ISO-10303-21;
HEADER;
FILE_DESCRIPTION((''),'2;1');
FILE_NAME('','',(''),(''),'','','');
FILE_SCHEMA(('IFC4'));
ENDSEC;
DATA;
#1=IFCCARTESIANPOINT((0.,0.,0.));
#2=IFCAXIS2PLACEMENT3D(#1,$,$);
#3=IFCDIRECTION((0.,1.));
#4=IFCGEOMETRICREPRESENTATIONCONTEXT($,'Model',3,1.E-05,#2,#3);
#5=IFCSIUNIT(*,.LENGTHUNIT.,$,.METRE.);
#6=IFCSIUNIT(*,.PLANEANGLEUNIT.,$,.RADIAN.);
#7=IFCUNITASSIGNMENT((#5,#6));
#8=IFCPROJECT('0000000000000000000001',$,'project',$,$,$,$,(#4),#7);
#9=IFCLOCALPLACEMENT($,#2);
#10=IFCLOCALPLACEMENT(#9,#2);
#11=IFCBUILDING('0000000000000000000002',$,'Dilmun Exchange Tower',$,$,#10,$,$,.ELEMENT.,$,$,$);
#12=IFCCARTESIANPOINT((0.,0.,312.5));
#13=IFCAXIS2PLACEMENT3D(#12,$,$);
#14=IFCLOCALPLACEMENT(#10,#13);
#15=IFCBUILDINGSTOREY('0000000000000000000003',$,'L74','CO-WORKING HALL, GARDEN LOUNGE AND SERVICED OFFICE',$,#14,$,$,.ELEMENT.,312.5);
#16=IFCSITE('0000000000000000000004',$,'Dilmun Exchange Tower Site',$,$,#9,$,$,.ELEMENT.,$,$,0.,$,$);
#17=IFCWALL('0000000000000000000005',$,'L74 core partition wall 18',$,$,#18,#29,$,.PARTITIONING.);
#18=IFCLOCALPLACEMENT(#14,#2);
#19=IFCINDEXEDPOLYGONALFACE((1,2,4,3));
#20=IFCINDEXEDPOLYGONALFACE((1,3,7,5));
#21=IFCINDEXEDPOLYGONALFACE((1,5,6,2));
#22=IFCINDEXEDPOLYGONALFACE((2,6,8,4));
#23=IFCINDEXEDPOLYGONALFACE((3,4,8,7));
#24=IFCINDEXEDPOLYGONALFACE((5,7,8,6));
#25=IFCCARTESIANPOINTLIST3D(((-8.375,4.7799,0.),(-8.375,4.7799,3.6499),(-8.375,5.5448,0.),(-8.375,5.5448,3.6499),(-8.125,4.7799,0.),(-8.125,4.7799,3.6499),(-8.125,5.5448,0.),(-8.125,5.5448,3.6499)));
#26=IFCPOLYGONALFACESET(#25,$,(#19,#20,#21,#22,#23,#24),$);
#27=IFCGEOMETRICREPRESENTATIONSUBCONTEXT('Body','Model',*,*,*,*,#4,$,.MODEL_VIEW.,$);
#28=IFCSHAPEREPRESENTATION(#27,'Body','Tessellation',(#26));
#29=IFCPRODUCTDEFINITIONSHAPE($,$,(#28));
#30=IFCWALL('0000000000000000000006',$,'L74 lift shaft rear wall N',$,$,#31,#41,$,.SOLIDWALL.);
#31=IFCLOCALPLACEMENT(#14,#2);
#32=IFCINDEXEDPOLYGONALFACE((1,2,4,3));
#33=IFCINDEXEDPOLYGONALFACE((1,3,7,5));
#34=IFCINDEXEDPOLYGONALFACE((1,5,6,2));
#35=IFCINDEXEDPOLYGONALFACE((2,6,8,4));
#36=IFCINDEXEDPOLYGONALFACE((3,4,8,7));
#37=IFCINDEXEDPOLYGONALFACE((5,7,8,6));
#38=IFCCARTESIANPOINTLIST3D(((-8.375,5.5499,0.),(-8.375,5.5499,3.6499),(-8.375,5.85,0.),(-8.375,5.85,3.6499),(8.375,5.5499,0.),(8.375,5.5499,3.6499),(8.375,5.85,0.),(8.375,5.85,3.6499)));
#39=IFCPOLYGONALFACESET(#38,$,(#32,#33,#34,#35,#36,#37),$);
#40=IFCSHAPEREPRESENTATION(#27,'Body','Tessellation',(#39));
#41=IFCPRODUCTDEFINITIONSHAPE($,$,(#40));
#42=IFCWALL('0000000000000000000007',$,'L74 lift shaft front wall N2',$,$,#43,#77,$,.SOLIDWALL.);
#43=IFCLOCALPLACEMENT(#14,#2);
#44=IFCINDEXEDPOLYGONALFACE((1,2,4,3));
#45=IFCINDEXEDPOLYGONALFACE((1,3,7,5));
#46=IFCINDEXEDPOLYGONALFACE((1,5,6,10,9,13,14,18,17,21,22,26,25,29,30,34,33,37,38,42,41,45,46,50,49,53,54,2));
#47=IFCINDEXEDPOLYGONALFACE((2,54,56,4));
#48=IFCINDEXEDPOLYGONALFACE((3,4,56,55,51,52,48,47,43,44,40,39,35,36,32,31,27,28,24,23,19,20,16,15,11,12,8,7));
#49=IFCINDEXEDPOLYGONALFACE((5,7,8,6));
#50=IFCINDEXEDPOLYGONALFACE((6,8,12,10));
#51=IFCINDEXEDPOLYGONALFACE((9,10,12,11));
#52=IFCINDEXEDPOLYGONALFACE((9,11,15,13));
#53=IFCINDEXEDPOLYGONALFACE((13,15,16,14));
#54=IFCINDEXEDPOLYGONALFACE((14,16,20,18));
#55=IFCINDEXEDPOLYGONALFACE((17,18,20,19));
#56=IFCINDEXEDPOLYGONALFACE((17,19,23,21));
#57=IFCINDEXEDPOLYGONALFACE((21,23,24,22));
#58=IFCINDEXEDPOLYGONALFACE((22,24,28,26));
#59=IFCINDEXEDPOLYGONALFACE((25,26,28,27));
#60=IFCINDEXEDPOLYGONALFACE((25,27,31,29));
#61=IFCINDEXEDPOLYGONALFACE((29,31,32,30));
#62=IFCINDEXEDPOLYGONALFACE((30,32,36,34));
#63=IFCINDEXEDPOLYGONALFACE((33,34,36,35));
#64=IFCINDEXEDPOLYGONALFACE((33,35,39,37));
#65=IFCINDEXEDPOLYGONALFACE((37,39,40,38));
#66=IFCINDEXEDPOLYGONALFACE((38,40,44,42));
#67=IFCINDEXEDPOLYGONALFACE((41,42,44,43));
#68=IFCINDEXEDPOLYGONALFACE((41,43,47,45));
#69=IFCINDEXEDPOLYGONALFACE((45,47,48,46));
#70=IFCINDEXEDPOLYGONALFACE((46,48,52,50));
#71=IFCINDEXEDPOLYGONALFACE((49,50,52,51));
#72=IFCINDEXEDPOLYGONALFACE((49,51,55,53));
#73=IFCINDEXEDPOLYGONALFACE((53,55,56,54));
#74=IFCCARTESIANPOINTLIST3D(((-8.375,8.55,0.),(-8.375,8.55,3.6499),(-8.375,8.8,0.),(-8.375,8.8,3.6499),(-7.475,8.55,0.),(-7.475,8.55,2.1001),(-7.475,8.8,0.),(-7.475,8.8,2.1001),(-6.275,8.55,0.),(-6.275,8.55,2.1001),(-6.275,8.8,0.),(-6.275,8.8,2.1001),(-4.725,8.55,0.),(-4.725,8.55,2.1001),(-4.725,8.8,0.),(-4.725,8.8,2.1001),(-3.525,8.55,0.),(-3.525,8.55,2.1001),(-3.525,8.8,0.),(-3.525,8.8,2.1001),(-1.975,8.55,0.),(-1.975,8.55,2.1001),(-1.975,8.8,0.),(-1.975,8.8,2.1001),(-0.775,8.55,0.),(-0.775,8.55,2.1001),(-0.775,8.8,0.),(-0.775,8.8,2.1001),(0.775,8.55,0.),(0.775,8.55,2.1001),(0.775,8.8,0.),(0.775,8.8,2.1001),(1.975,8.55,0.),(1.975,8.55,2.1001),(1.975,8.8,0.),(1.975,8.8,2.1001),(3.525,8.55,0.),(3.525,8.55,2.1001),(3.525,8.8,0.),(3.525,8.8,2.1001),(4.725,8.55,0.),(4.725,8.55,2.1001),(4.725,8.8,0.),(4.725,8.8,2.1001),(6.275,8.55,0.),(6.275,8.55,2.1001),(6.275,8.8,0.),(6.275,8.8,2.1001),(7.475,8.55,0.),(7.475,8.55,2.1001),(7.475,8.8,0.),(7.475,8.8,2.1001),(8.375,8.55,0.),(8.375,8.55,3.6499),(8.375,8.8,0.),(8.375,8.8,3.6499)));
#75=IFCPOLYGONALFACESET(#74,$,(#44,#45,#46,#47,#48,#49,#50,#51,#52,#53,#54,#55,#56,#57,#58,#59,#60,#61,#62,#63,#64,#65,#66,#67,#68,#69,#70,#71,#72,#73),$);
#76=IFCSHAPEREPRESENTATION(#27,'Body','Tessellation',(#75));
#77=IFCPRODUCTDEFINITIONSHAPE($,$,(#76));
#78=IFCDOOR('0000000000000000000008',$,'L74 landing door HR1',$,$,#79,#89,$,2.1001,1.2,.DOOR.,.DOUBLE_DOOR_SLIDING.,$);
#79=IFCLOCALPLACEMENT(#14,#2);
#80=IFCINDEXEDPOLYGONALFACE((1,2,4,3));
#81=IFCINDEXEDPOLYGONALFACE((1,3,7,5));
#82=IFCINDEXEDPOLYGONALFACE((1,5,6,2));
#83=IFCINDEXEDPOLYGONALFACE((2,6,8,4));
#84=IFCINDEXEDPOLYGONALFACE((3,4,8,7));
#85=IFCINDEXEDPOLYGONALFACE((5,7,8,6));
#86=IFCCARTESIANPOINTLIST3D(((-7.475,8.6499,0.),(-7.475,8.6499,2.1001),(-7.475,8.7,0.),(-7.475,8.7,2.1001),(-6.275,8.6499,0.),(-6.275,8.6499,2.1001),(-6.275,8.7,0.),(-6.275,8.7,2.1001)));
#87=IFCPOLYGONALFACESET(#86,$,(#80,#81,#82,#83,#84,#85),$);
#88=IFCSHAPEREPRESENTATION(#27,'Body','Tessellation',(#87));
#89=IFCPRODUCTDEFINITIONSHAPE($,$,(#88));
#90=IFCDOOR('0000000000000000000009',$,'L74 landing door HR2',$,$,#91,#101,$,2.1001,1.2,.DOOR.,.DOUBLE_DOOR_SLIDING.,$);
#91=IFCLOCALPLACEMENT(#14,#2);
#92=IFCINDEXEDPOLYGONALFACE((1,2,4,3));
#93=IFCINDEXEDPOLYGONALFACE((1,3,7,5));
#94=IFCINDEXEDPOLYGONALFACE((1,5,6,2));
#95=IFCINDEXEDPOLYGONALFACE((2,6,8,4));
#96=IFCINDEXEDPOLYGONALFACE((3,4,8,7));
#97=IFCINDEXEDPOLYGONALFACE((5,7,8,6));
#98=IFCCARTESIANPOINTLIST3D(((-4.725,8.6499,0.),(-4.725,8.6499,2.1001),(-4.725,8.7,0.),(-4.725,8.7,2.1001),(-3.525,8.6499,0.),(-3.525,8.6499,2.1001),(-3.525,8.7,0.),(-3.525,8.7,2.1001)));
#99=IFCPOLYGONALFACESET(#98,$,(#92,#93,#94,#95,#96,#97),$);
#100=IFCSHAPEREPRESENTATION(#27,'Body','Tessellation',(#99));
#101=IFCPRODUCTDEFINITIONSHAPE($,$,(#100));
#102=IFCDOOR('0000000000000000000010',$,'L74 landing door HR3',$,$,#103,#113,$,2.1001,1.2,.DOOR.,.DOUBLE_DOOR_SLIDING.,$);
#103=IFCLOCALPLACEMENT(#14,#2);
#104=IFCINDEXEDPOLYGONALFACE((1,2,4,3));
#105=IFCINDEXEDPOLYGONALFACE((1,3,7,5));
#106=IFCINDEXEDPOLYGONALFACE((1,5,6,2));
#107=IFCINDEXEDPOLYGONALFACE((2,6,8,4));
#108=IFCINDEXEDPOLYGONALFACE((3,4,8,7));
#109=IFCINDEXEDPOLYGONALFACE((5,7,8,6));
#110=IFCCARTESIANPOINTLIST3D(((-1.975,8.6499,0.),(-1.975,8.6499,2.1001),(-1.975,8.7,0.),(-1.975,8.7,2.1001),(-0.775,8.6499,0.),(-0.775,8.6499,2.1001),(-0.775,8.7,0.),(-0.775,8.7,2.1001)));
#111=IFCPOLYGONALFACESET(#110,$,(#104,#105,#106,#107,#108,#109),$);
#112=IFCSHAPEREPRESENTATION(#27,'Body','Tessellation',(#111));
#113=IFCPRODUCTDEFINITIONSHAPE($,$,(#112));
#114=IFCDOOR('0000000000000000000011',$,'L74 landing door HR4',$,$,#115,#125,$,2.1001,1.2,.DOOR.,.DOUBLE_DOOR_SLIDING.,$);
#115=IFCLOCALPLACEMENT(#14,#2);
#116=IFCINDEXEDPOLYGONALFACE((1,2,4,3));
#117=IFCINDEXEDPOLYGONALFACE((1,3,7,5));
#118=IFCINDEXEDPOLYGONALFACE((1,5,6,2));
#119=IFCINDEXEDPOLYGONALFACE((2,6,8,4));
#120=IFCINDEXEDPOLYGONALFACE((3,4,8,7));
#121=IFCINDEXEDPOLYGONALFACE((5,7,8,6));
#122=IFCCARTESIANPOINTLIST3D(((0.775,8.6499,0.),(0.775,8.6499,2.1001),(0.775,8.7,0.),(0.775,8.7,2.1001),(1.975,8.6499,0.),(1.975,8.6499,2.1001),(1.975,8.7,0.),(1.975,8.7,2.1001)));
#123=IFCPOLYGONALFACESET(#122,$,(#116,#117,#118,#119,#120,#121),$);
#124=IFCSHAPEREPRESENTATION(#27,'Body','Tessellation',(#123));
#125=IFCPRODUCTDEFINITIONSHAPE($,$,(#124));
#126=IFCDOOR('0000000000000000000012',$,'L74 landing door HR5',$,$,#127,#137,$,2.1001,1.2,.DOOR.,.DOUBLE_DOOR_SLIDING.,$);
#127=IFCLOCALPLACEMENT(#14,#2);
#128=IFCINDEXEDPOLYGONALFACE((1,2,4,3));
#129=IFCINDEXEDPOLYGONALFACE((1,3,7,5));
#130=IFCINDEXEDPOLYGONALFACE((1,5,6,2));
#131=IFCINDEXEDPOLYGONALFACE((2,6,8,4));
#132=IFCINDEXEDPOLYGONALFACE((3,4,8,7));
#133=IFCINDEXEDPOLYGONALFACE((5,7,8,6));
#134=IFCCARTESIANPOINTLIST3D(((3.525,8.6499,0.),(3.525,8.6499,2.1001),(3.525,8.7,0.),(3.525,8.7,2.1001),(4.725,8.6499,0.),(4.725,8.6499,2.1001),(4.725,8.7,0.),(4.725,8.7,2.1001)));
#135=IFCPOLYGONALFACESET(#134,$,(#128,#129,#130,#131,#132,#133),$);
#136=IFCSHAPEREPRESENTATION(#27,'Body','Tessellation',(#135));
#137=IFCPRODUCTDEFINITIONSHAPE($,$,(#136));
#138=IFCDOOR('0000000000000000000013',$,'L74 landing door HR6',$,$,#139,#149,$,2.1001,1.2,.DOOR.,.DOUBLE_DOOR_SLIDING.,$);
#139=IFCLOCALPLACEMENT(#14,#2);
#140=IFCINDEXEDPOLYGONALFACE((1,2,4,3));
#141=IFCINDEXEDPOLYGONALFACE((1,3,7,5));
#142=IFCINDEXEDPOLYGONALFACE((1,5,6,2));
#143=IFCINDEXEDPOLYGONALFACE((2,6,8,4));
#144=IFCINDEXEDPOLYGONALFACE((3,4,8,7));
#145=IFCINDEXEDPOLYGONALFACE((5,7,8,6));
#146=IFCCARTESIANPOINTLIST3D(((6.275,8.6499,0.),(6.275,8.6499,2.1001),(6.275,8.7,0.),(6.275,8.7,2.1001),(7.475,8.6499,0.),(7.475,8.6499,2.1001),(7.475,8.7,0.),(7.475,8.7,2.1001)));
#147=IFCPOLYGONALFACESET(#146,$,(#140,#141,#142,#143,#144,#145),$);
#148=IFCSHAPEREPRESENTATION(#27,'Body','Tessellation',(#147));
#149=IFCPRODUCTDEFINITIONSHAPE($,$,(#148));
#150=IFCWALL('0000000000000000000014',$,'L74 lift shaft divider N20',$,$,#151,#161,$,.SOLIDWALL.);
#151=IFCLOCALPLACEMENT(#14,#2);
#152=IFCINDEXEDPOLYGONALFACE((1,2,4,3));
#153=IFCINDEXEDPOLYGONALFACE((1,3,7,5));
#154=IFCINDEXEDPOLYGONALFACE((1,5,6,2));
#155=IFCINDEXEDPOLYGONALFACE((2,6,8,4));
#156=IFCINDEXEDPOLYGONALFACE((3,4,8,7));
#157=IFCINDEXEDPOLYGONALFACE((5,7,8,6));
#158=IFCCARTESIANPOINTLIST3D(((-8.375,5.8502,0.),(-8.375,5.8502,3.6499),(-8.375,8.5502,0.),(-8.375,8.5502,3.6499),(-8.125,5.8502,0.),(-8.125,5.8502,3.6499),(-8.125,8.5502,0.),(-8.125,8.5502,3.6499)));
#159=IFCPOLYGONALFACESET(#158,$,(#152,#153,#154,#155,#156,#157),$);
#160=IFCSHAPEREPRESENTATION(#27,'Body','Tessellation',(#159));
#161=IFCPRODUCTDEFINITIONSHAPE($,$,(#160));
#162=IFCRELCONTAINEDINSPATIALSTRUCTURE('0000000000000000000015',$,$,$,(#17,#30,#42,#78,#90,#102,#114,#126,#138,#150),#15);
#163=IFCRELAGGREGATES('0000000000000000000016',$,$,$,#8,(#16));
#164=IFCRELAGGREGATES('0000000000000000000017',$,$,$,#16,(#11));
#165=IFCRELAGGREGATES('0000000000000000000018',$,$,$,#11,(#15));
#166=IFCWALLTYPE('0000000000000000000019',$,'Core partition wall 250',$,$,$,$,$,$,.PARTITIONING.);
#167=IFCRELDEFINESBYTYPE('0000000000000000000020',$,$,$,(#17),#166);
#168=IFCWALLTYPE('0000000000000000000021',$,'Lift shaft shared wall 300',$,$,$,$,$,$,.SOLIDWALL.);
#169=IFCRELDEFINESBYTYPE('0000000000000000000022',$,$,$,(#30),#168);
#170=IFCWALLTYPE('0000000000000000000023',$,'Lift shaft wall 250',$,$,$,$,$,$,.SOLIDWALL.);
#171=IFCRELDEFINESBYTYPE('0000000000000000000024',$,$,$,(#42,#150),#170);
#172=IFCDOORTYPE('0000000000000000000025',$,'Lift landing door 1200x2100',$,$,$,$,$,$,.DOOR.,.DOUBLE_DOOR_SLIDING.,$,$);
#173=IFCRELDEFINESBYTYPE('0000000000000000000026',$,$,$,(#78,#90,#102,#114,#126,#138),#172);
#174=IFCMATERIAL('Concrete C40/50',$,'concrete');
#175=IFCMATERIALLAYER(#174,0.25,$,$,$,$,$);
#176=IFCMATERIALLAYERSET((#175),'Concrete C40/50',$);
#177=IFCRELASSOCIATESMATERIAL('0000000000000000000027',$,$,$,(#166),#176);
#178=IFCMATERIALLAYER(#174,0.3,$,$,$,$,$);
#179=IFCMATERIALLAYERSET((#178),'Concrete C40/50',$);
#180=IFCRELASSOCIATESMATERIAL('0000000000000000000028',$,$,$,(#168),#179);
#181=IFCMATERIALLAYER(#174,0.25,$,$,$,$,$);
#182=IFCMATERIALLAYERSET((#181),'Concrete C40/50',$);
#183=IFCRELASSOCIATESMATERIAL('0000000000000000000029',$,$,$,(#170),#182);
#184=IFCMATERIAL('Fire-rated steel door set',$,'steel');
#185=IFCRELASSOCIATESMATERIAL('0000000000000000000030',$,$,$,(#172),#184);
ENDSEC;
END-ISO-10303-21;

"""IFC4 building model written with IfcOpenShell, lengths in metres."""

from ifc_helpers import new_model, si_unit, direction, frame, frame_2d, origin, place, context, subcontext, project, spatial, rectangle, extrude, material, layer, layer_set, type_object, element, fill, save


model = new_model("IFC4")

# Units and contexts
model_context = context("Model", 3, precision=1e-05, world=origin(), true_north=direction((0.0, 1.0)))
body_context = subcontext(model_context, "Body", "Model", "MODEL_VIEW")
ifc_project = project(units=[si_unit("LENGTHUNIT", "METRE"), si_unit("PLANEANGLEUNIT", "RADIAN")], contexts=[model_context])

# Site, building, storey
site_placement = place(None, origin())
site = spatial("IfcSite", under=ifc_project, at=site_placement, Name="Dilmun Exchange Tower Site", CompositionType="ELEMENT", RefElevation=0.0)
building_placement = place(site_placement, origin())
building = spatial("IfcBuilding", under=site, at=building_placement, Name="Dilmun Exchange Tower", CompositionType="ELEMENT")
storey_placement = place(building_placement, frame((0.0, 0.0, 312.5)))
storey = spatial("IfcBuildingStorey", under=building, at=storey_placement, Name="L74", Description="CO-WORKING HALL, GARDEN LOUNGE AND SERVICED OFFICE", CompositionType="ELEMENT", Elevation=312.5)

# Shared definitions
ifc_material_1 = material(Name="Concrete C40/50", Category="concrete")

# Shared definitions
ifc_layer_1 = layer(ifc_material_1, 0.25)
ifc_layer_set_1 = layer_set([ifc_layer_1], Name="Concrete C40/50")
wall_type_1 = type_object("IfcWallType", Name="Core partition wall 250", PredefinedType="PARTITIONING", material=ifc_layer_set_1)
ifc_material_2 = material(Name="Fire-rated steel door set", Category="steel")

# Walls
wall_1_placement = place(storey_placement, frame((-8.25, 4.78, 0.0), z_axis=(0.0, 0.0, 1.0), x_axis=(0.0, 1.0, 0.0)))
element("IfcWall", 1, at=wall_1_placement, inside=storey, type_object=wall_type_1, Name="L74 core partition wall 18", PredefinedType="PARTITIONING", context=body_context, shape_type="SweptSolid", body=[
    extrude(rectangle(XDim=0.7649, YDim=0.25, at=frame_2d((0.3823, 0.0))), origin(), (0.0, 0.0, 1.0), 3.6499),
])
ifc_layer_2 = layer(ifc_material_1, 0.3)
ifc_layer_set_2 = layer_set([ifc_layer_2], Name="Concrete C40/50")
wall_type_2 = type_object("IfcWallType", Name="Lift shaft shared wall 300", PredefinedType="SOLIDWALL", material=ifc_layer_set_2)
wall_2_placement = place(storey_placement, frame((-8.375, 5.7, 0.0), z_axis=(0.0, 0.0, 1.0), x_axis=(1.0, 0.0, 0.0)))
element("IfcWall", 2, at=wall_2_placement, inside=storey, type_object=wall_type_2, Name="L74 lift shaft rear wall N", PredefinedType="SOLIDWALL", context=body_context, shape_type="SweptSolid", body=[
    extrude(rectangle(XDim=16.75, YDim=0.3, at=frame_2d((8.375, 0.0))), origin(), (0.0, 0.0, 1.0), 3.6499),
])

# Wall, openings, doors
ifc_layer_3 = layer(ifc_material_1, 0.25)
ifc_layer_set_3 = layer_set([ifc_layer_3], Name="Concrete C40/50")
wall_type_3 = type_object("IfcWallType", Name="Lift shaft wall 250", PredefinedType="SOLIDWALL", material=ifc_layer_set_3)
wall_3_placement = place(storey_placement, frame((-8.375, 8.675, 0.0), z_axis=(0.0, 0.0, 1.0), x_axis=(1.0, 0.0, 0.0)))
wall_3 = element("IfcWall", 3, at=wall_3_placement, inside=storey, type_object=wall_type_3, Name="L74 lift shaft front wall N2", PredefinedType="SOLIDWALL", context=body_context, shape_type="SweptSolid", body=[
    extrude(rectangle(XDim=16.75, YDim=0.25, at=frame_2d((8.375, 0.0))), origin(), (0.0, 0.0, 1.0), 3.6499),
])
opening_1_placement = place(wall_3_placement, frame((0.8999, 0.0, 0.0)))
opening_1 = element("IfcOpeningElement", 4, at=opening_1_placement, cuts=wall_3, PredefinedType="OPENING", context=body_context, shape_type="SweptSolid", body=[
    extrude(rectangle(XDim=1.2, YDim=2.1001, at=frame_2d((0.6001, 1.05))), frame((0.0, 0.135, 0.0), z_axis=(0.0, -1.0, 0.0), x_axis=(1.0, 0.0, 0.0)), (0.0, 0.0, 1.0), 0.27),
])
opening_2_placement = place(wall_3_placement, frame((3.6499, 0.0, 0.0)))
opening_2 = element("IfcOpeningElement", 5, at=opening_2_placement, cuts=wall_3, PredefinedType="OPENING", context=body_context, shape_type="SweptSolid", body=[
    extrude(rectangle(XDim=1.2, YDim=2.1001, at=frame_2d((0.6001, 1.05))), frame((0.0, 0.135, 0.0), z_axis=(0.0, -1.0, 0.0), x_axis=(1.0, 0.0, 0.0)), (0.0, 0.0, 1.0), 0.27),
])
opening_3_placement = place(wall_3_placement, frame((6.3999, 0.0, 0.0)))
opening_3 = element("IfcOpeningElement", 6, at=opening_3_placement, cuts=wall_3, PredefinedType="OPENING", context=body_context, shape_type="SweptSolid", body=[
    extrude(rectangle(XDim=1.2, YDim=2.1001, at=frame_2d((0.6001, 1.05))), frame((0.0, 0.135, 0.0), z_axis=(0.0, -1.0, 0.0), x_axis=(1.0, 0.0, 0.0)), (0.0, 0.0, 1.0), 0.27),
])
opening_4_placement = place(wall_3_placement, frame((9.1499, 0.0, 0.0)))
opening_4 = element("IfcOpeningElement", 7, at=opening_4_placement, cuts=wall_3, PredefinedType="OPENING", context=body_context, shape_type="SweptSolid", body=[
    extrude(rectangle(XDim=1.2, YDim=2.1001, at=frame_2d((0.6001, 1.05))), frame((0.0, 0.135, 0.0), z_axis=(0.0, -1.0, 0.0), x_axis=(1.0, 0.0, 0.0)), (0.0, 0.0, 1.0), 0.27),
])
opening_5_placement = place(wall_3_placement, frame((11.8999, 0.0, 0.0)))
opening_5 = element("IfcOpeningElement", 8, at=opening_5_placement, cuts=wall_3, PredefinedType="OPENING", context=body_context, shape_type="SweptSolid", body=[
    extrude(rectangle(XDim=1.2, YDim=2.1001, at=frame_2d((0.6001, 1.05))), frame((0.0, 0.135, 0.0), z_axis=(0.0, -1.0, 0.0), x_axis=(1.0, 0.0, 0.0)), (0.0, 0.0, 1.0), 0.27),
])
opening_6_placement = place(wall_3_placement, frame((14.6499, 0.0, 0.0)))
opening_6 = element("IfcOpeningElement", 9, at=opening_6_placement, cuts=wall_3, PredefinedType="OPENING", context=body_context, shape_type="SweptSolid", body=[
    extrude(rectangle(XDim=1.2, YDim=2.1001, at=frame_2d((0.6001, 1.05))), frame((0.0, 0.135, 0.0), z_axis=(0.0, -1.0, 0.0), x_axis=(1.0, 0.0, 0.0)), (0.0, 0.0, 1.0), 0.27),
])
door_type_1 = type_object("IfcDoorType", Name="Lift landing door 1200x2100", OperationType="DOUBLE_DOOR_SLIDING", PredefinedType="DOOR", material=ifc_material_2)
door_1_placement = place(opening_1_placement, origin())
door_1 = element("IfcDoor", 10, at=door_1_placement, inside=storey, type_object=door_type_1, Name="L74 landing door HR1", OperationType="DOUBLE_DOOR_SLIDING", OverallHeight=2.1001, OverallWidth=1.2, PredefinedType="DOOR", context=body_context, shape_type="SweptSolid", body=[
    extrude(rectangle(XDim=1.2, YDim=2.1001, at=frame_2d((0.6001, 1.05))), frame((0.0, 0.0249, 0.0), z_axis=(0.0, -1.0, 0.0), x_axis=(1.0, 0.0, 0.0)), (0.0, 0.0, 1.0), 0.05),
])
fill(opening_1, door_1)
door_2_placement = place(opening_2_placement, origin())
door_2 = element("IfcDoor", 11, at=door_2_placement, inside=storey, type_object=door_type_1, Name="L74 landing door HR2", OperationType="DOUBLE_DOOR_SLIDING", OverallHeight=2.1001, OverallWidth=1.2, PredefinedType="DOOR", context=body_context, shape_type="SweptSolid", body=[
    extrude(rectangle(XDim=1.2, YDim=2.1001, at=frame_2d((0.6001, 1.05))), frame((0.0, 0.0249, 0.0), z_axis=(0.0, -1.0, 0.0), x_axis=(1.0, 0.0, 0.0)), (0.0, 0.0, 1.0), 0.05),
])
fill(opening_2, door_2)
door_3_placement = place(opening_3_placement, origin())
door_3 = element("IfcDoor", 12, at=door_3_placement, inside=storey, type_object=door_type_1, Name="L74 landing door HR3", OperationType="DOUBLE_DOOR_SLIDING", OverallHeight=2.1001, OverallWidth=1.2, PredefinedType="DOOR", context=body_context, shape_type="SweptSolid", body=[
    extrude(rectangle(XDim=1.2, YDim=2.1001, at=frame_2d((0.6001, 1.05))), frame((0.0, 0.0249, 0.0), z_axis=(0.0, -1.0, 0.0), x_axis=(1.0, 0.0, 0.0)), (0.0, 0.0, 1.0), 0.05),
])
fill(opening_3, door_3)
door_4_placement = place(opening_4_placement, origin())
door_4 = element("IfcDoor", 13, at=door_4_placement, inside=storey, type_object=door_type_1, Name="L74 landing door HR4", OperationType="DOUBLE_DOOR_SLIDING", OverallHeight=2.1001, OverallWidth=1.2, PredefinedType="DOOR", context=body_context, shape_type="SweptSolid", body=[
    extrude(rectangle(XDim=1.2, YDim=2.1001, at=frame_2d((0.6001, 1.05))), frame((0.0, 0.0249, 0.0), z_axis=(0.0, -1.0, 0.0), x_axis=(1.0, 0.0, 0.0)), (0.0, 0.0, 1.0), 0.05),
])
fill(opening_4, door_4)
door_5_placement = place(opening_5_placement, origin())
door_5 = element("IfcDoor", 14, at=door_5_placement, inside=storey, type_object=door_type_1, Name="L74 landing door HR5", OperationType="DOUBLE_DOOR_SLIDING", OverallHeight=2.1001, OverallWidth=1.2, PredefinedType="DOOR", context=body_context, shape_type="SweptSolid", body=[
    extrude(rectangle(XDim=1.2, YDim=2.1001, at=frame_2d((0.6001, 1.05))), frame((0.0, 0.0249, 0.0), z_axis=(0.0, -1.0, 0.0), x_axis=(1.0, 0.0, 0.0)), (0.0, 0.0, 1.0), 0.05),
])
fill(opening_5, door_5)
door_6_placement = place(opening_6_placement, origin())
door_6 = element("IfcDoor", 15, at=door_6_placement, inside=storey, type_object=door_type_1, Name="L74 landing door HR6", OperationType="DOUBLE_DOOR_SLIDING", OverallHeight=2.1001, OverallWidth=1.2, PredefinedType="DOOR", context=body_context, shape_type="SweptSolid", body=[
    extrude(rectangle(XDim=1.2, YDim=2.1001, at=frame_2d((0.6001, 1.05))), frame((0.0, 0.0249, 0.0), z_axis=(0.0, -1.0, 0.0), x_axis=(1.0, 0.0, 0.0)), (0.0, 0.0, 1.0), 0.05),
])
fill(opening_6, door_6)

# Wall
wall_4_placement = place(storey_placement, frame((-8.25, 5.8501, 0.0), z_axis=(0.0, 0.0, 1.0), x_axis=(0.0, 1.0, 0.0)))
element("IfcWall", 16, at=wall_4_placement, inside=storey, type_object=wall_type_3, Name="L74 lift shaft divider N20", PredefinedType="SOLIDWALL", context=body_context, shape_type="SweptSolid", body=[
    extrude(rectangle(XDim=2.7, YDim=0.25, at=frame_2d((1.3501, 0.0))), origin(), (0.0, 0.0, 1.0), 3.6499),
])

save(model, "model.ifc")
